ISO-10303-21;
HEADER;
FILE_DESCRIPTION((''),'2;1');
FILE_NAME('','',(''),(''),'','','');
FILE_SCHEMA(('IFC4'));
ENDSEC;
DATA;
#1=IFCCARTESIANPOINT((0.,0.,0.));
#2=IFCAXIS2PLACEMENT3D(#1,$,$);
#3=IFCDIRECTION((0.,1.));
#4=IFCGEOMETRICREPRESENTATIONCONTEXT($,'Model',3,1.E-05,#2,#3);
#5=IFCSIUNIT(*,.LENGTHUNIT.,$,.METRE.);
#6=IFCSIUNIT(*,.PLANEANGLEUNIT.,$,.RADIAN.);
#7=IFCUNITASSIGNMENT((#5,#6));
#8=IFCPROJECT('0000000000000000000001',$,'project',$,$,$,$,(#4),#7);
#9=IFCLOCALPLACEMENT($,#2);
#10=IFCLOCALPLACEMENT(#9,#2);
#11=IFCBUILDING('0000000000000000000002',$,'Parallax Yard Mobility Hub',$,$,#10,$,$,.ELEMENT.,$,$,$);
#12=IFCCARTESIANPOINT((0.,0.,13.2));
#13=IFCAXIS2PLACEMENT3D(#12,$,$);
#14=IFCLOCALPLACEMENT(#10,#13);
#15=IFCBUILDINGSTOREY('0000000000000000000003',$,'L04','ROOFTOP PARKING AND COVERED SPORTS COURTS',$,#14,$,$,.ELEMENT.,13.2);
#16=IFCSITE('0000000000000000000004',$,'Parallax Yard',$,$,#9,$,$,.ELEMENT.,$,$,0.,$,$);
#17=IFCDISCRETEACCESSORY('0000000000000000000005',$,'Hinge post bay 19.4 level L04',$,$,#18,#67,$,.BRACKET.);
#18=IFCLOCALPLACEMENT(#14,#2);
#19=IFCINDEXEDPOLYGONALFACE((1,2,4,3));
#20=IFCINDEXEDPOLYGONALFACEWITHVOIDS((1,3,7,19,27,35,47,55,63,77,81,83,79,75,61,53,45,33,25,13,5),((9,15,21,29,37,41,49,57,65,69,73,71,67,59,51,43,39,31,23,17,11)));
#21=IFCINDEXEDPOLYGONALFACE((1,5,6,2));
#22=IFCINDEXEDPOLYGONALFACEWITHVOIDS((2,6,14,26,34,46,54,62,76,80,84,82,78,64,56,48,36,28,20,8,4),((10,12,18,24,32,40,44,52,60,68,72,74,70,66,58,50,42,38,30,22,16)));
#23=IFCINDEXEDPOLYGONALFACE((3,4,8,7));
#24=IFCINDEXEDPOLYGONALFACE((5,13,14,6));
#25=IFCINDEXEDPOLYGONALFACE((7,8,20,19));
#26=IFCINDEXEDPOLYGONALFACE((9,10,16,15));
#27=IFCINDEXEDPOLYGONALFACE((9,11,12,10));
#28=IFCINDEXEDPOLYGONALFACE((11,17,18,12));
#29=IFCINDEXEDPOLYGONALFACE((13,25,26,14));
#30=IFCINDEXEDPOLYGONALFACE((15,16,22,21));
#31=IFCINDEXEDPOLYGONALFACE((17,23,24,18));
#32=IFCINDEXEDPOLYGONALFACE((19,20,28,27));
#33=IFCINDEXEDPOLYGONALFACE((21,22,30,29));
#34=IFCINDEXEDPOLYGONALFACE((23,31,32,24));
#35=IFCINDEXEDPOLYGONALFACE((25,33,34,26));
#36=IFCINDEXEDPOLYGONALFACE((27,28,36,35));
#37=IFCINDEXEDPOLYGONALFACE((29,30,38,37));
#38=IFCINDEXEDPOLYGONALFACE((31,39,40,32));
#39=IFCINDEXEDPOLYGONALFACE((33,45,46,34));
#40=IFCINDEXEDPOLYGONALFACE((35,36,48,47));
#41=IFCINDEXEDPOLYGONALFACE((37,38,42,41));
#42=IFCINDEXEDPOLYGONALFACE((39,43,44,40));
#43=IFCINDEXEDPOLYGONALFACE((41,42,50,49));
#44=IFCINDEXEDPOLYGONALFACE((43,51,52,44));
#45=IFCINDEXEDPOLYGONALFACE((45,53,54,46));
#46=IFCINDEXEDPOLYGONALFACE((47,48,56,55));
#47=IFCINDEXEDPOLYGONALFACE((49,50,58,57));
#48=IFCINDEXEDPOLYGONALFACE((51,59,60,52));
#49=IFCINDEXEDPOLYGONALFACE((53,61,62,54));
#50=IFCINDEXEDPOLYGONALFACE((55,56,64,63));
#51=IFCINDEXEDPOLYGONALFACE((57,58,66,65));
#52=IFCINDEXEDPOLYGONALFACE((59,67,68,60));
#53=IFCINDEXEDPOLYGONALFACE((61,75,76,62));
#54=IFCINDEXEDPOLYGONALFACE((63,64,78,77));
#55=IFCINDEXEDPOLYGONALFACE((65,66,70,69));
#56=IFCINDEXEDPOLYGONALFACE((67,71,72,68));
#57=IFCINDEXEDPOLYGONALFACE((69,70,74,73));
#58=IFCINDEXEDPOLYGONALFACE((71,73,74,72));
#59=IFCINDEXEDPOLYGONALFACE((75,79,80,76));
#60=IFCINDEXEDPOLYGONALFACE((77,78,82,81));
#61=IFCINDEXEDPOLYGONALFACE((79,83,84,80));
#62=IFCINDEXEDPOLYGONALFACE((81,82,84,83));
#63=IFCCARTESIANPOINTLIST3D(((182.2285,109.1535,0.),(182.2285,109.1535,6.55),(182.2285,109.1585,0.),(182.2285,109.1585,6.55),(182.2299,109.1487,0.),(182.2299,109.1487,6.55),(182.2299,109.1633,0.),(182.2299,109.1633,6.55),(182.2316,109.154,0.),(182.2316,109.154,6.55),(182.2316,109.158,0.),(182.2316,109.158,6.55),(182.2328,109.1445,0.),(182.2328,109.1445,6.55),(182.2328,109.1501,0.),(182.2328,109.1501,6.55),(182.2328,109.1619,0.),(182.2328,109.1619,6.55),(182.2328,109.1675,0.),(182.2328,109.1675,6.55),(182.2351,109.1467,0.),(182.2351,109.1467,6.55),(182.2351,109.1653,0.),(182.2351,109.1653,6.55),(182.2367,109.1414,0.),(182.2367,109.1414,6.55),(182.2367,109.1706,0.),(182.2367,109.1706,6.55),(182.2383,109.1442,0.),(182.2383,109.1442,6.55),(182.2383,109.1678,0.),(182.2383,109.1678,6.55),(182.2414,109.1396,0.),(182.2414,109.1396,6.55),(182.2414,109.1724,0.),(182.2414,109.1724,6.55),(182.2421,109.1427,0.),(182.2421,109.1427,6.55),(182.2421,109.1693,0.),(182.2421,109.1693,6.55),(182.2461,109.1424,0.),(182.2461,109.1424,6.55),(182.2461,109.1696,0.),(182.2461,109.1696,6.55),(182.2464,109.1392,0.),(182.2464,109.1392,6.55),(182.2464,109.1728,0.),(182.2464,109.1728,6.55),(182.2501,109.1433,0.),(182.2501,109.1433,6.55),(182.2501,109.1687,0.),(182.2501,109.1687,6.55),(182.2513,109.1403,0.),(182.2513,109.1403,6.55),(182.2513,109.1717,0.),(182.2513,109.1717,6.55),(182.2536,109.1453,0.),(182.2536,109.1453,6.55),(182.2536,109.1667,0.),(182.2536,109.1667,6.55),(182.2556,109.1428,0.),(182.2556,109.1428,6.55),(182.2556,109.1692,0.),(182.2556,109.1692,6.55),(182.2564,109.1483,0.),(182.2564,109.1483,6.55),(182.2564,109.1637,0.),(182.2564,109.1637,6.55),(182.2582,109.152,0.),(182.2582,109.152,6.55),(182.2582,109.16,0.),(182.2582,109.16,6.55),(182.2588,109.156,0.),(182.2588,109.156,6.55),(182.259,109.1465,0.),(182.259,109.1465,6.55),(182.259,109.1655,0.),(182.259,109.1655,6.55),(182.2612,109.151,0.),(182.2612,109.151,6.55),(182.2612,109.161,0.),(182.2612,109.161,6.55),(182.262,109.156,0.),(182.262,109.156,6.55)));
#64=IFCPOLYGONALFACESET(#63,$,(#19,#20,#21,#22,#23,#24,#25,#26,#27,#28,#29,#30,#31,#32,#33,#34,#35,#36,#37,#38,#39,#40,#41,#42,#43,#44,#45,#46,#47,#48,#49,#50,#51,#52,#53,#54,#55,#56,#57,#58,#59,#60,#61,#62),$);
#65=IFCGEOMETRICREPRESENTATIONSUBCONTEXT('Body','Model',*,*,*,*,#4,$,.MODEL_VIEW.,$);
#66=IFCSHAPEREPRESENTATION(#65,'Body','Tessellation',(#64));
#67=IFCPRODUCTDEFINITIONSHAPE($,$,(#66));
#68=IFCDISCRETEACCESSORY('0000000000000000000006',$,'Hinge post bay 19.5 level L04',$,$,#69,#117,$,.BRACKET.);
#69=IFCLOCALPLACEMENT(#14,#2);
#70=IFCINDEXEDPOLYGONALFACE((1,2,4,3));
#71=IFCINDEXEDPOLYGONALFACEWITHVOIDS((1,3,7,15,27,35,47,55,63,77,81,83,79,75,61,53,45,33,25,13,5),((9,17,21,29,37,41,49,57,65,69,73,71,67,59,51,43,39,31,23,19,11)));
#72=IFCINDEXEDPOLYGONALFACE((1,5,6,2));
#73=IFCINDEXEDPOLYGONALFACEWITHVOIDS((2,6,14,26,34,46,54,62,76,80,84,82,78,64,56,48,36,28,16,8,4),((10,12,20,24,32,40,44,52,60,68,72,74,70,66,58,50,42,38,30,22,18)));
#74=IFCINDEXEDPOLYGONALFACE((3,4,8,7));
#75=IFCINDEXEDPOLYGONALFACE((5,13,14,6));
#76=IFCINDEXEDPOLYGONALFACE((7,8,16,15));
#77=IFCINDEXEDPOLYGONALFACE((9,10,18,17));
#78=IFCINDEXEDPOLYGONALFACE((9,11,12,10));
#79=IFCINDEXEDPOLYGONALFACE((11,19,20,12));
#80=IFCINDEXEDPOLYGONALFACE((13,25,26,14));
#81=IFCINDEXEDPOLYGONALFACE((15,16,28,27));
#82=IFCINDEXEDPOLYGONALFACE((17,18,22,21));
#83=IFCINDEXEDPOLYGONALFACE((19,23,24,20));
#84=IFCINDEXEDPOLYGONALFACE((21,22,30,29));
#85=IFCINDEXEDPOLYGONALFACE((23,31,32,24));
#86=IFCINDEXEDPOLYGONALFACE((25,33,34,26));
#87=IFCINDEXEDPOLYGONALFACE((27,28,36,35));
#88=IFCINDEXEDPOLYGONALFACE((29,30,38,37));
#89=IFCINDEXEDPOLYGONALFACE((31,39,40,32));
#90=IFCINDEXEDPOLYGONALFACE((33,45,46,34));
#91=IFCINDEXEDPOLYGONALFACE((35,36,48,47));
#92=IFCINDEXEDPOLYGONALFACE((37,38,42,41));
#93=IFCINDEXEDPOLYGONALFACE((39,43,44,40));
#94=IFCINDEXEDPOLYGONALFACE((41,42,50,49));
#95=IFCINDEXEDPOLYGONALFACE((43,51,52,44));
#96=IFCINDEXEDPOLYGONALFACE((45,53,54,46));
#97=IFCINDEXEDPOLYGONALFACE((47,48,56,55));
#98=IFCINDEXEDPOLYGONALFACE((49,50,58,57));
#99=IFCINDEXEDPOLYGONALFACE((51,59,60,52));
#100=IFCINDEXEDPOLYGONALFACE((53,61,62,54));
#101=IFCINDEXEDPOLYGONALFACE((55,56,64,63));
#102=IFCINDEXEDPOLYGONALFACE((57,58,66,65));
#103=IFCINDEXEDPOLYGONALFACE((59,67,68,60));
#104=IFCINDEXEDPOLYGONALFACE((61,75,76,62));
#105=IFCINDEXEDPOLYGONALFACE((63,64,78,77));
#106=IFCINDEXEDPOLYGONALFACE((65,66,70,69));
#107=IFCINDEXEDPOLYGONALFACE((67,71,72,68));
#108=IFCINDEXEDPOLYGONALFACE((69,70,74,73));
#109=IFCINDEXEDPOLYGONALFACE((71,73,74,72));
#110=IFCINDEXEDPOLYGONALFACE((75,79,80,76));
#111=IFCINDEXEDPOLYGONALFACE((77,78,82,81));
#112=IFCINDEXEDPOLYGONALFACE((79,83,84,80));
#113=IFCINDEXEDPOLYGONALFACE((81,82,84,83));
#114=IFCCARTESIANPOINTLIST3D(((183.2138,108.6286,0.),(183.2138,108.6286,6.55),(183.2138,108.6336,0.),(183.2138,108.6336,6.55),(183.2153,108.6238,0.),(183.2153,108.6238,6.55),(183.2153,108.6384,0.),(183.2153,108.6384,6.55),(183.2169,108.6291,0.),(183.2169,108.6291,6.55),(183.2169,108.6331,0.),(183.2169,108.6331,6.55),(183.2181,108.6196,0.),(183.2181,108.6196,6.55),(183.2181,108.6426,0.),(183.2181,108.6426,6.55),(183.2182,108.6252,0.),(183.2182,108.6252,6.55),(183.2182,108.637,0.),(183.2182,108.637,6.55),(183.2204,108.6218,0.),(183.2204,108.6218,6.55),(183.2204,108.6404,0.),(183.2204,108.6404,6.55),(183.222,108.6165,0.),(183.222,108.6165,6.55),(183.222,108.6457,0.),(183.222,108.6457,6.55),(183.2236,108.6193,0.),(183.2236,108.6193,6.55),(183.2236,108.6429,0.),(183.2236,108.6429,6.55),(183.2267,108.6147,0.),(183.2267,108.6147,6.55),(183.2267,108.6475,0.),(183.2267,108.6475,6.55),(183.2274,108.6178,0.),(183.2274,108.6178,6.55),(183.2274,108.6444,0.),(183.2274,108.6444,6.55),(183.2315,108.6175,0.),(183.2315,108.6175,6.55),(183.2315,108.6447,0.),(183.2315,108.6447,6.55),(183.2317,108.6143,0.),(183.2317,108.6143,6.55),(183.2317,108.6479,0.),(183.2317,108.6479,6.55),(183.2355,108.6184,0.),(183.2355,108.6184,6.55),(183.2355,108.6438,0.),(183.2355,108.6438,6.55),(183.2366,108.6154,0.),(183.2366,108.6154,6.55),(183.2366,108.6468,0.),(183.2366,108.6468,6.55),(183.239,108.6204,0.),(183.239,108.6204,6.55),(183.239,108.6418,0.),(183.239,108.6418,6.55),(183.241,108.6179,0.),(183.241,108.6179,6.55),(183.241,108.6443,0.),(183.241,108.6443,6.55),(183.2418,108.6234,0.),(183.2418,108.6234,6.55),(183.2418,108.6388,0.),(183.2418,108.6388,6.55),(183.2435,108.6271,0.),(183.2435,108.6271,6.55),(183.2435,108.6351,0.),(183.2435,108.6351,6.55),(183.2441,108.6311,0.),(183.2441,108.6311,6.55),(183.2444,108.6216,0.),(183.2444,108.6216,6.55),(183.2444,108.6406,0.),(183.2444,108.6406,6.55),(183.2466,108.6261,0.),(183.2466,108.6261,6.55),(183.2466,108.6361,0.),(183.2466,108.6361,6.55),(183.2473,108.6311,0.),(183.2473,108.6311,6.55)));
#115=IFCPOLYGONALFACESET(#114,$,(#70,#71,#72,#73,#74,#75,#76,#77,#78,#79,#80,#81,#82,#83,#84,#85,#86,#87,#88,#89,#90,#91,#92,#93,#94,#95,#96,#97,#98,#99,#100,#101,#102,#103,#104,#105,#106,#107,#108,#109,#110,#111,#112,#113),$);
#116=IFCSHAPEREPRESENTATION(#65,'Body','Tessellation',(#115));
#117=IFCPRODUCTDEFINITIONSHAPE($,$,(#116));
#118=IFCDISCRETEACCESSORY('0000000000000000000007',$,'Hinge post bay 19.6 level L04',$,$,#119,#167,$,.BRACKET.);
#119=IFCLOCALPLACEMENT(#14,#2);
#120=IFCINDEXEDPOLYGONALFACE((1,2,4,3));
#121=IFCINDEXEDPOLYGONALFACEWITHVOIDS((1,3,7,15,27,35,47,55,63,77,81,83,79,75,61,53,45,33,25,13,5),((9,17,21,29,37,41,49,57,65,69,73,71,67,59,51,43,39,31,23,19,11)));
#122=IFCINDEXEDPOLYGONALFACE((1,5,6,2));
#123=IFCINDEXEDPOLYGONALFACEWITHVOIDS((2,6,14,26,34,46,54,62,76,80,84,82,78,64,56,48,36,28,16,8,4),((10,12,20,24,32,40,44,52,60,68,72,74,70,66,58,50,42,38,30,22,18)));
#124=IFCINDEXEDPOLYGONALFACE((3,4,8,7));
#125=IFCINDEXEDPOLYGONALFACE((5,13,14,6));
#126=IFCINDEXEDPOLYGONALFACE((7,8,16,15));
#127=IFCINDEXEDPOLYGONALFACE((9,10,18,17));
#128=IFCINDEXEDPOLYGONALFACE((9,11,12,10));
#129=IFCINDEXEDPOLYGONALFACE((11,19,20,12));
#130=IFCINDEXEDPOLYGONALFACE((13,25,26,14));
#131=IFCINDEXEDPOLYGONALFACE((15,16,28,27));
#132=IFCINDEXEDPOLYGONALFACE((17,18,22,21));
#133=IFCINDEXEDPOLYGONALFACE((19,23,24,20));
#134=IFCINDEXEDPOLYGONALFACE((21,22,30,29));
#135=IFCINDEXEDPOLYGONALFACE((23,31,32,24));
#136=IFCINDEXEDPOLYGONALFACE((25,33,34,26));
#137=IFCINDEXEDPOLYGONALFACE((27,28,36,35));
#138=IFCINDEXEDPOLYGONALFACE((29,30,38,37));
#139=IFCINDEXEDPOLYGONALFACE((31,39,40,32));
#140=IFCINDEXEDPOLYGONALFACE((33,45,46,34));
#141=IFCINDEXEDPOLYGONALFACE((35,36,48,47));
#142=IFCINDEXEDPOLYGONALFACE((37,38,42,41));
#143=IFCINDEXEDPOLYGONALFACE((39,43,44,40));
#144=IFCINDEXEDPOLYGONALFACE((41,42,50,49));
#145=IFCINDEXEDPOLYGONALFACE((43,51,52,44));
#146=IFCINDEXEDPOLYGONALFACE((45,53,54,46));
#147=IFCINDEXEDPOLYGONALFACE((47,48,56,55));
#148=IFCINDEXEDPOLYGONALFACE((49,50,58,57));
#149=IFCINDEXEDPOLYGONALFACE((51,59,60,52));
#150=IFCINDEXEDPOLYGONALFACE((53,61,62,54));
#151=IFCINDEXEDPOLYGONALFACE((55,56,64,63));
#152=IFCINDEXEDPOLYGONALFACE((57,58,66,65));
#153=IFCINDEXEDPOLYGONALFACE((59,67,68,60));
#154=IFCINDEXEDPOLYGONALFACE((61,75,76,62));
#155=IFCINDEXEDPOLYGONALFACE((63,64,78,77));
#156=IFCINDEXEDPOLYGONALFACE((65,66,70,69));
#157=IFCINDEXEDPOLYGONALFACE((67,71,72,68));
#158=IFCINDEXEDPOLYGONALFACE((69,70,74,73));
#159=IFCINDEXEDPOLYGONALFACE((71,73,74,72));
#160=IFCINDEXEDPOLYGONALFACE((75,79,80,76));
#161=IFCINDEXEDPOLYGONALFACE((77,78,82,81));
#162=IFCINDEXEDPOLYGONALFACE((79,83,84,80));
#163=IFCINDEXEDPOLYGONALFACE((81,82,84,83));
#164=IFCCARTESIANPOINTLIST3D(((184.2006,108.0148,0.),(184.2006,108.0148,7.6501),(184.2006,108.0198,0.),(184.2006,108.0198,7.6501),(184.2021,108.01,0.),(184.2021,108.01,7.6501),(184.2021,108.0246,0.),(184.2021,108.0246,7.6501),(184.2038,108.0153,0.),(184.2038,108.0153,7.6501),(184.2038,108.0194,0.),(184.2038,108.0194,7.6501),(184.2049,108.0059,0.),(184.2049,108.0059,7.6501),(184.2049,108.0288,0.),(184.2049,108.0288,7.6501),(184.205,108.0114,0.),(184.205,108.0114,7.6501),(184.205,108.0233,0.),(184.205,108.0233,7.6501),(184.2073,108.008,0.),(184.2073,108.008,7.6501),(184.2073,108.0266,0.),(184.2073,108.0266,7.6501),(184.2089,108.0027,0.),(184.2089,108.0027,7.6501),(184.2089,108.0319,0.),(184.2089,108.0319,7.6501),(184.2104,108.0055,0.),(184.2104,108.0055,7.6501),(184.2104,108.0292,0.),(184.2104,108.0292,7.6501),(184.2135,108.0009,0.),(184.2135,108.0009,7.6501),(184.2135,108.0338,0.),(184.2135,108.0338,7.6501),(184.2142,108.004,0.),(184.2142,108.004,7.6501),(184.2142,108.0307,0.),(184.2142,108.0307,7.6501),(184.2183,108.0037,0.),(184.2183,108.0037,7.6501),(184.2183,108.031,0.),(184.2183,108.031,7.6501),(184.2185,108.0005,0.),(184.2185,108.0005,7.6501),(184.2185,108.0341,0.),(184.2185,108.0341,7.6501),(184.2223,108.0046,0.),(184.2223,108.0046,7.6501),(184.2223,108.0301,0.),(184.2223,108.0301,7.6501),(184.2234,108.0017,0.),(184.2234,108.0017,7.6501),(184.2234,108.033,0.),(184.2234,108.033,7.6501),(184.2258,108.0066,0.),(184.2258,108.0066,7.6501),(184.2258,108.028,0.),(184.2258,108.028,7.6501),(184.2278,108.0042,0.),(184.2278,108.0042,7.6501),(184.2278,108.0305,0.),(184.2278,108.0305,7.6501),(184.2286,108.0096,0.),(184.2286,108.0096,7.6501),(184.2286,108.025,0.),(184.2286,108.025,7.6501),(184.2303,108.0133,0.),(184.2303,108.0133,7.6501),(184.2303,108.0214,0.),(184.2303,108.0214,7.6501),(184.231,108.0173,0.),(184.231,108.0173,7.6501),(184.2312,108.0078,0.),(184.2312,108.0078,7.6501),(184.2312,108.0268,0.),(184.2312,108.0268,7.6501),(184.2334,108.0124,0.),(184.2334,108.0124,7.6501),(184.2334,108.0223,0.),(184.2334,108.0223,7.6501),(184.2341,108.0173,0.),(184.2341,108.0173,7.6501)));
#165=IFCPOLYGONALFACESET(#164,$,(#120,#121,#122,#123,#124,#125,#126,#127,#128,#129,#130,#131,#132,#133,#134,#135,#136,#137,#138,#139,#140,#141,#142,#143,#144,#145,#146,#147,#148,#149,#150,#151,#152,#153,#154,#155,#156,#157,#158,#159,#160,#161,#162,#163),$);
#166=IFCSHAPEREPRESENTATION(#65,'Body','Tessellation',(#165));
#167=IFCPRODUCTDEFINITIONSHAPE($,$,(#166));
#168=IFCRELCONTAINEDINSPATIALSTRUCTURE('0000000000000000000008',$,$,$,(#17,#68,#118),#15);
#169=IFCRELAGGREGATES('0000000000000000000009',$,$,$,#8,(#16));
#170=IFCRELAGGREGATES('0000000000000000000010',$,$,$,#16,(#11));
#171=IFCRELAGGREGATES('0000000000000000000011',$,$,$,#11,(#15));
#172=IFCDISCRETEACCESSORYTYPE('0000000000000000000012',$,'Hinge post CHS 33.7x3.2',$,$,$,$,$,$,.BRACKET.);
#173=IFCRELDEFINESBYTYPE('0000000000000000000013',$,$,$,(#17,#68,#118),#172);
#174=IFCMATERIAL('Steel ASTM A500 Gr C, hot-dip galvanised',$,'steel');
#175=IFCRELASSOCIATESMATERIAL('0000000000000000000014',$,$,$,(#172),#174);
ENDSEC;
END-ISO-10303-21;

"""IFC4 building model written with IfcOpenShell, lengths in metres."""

from ifc_helpers import new_model, si_unit, direction, frame, origin, origin_2d, place, context, subcontext, project, spatial, hollow_circle, extrude, material, material_profile, profile_set, type_object, element, save


model = new_model("IFC4")

# Units and contexts
model_context = context("Model", 3, precision=1e-05, world=origin(), true_north=direction((0.0, 1.0)))
body_context = subcontext(model_context, "Body", "Model", "MODEL_VIEW")
ifc_project = project(units=[si_unit("LENGTHUNIT", "METRE"), si_unit("PLANEANGLEUNIT", "RADIAN")], contexts=[model_context])

# Site, building, storey
site_placement = place(None, origin())
site = spatial("IfcSite", under=ifc_project, at=site_placement, Name="Parallax Yard", CompositionType="ELEMENT", RefElevation=0.0)
building_placement = place(site_placement, origin())
building = spatial("IfcBuilding", under=site, at=building_placement, Name="Parallax Yard Mobility Hub", CompositionType="ELEMENT")
storey_placement = place(building_placement, frame((0.0, 0.0, 13.2)))
storey = spatial("IfcBuildingStorey", under=building, at=storey_placement, Name="L04", Description="ROOFTOP PARKING AND COVERED SPORTS COURTS", CompositionType="ELEMENT", Elevation=13.2)

# Discrete accessories
ifc_material_1 = material(Name="Steel ASTM A500 Gr C, hot-dip galvanised", Category="steel")
ifc_material_profile_1 = material_profile(ifc_material_1, hollow_circle(Radius=0.0168, WallThickness=0.0032, at=origin_2d()), Name="CHS 33.7x3.2")
ifc_profile_set_1 = profile_set([ifc_material_profile_1], Name="Steel ASTM A500 Gr C, hot-dip galvanised")
discrete_accessory_type_1 = type_object("IfcDiscreteAccessoryType", Name="Hinge post CHS 33.7x3.2", PredefinedType="BRACKET", material=ifc_profile_set_1)
for number, where, z_axis, x_axis, name in (
    (1, (182.2451, 109.156, 0.0), (0.0, 0.0, 1.0), (1.0, 0.0, 0.0), "Hinge post bay 19.4 level L04"),
    (2, (183.2305, 108.6311, 0.0), (0.0, 0.0, 1.0), (1.0, 0.0, 0.0), "Hinge post bay 19.5 level L04"),
):
    element("IfcDiscreteAccessory", number, at=place(storey_placement, frame(where, z_axis=z_axis, x_axis=x_axis)), inside=storey, type_object=discrete_accessory_type_1, Name=name, PredefinedType="BRACKET", context=body_context, shape_type="SweptSolid", body=[
        extrude(hollow_circle(Radius=0.0168, WallThickness=0.0032, at=origin_2d()), origin(), (0.0, 0.0, 1.0), 6.55),
    ])
discrete_accessory_1_placement = place(storey_placement, frame((184.2173, 108.0173, 0.0), z_axis=(0.0, 0.0, 1.0), x_axis=(1.0, 0.0, 0.0)))
element("IfcDiscreteAccessory", 3, at=discrete_accessory_1_placement, inside=storey, type_object=discrete_accessory_type_1, Name="Hinge post bay 19.6 level L04", PredefinedType="BRACKET", context=body_context, shape_type="SweptSolid", body=[
    extrude(hollow_circle(Radius=0.0168, WallThickness=0.0032, at=origin_2d()), origin(), (0.0, 0.0, 1.0), 7.6501),
])

save(model, "model.ifc")
